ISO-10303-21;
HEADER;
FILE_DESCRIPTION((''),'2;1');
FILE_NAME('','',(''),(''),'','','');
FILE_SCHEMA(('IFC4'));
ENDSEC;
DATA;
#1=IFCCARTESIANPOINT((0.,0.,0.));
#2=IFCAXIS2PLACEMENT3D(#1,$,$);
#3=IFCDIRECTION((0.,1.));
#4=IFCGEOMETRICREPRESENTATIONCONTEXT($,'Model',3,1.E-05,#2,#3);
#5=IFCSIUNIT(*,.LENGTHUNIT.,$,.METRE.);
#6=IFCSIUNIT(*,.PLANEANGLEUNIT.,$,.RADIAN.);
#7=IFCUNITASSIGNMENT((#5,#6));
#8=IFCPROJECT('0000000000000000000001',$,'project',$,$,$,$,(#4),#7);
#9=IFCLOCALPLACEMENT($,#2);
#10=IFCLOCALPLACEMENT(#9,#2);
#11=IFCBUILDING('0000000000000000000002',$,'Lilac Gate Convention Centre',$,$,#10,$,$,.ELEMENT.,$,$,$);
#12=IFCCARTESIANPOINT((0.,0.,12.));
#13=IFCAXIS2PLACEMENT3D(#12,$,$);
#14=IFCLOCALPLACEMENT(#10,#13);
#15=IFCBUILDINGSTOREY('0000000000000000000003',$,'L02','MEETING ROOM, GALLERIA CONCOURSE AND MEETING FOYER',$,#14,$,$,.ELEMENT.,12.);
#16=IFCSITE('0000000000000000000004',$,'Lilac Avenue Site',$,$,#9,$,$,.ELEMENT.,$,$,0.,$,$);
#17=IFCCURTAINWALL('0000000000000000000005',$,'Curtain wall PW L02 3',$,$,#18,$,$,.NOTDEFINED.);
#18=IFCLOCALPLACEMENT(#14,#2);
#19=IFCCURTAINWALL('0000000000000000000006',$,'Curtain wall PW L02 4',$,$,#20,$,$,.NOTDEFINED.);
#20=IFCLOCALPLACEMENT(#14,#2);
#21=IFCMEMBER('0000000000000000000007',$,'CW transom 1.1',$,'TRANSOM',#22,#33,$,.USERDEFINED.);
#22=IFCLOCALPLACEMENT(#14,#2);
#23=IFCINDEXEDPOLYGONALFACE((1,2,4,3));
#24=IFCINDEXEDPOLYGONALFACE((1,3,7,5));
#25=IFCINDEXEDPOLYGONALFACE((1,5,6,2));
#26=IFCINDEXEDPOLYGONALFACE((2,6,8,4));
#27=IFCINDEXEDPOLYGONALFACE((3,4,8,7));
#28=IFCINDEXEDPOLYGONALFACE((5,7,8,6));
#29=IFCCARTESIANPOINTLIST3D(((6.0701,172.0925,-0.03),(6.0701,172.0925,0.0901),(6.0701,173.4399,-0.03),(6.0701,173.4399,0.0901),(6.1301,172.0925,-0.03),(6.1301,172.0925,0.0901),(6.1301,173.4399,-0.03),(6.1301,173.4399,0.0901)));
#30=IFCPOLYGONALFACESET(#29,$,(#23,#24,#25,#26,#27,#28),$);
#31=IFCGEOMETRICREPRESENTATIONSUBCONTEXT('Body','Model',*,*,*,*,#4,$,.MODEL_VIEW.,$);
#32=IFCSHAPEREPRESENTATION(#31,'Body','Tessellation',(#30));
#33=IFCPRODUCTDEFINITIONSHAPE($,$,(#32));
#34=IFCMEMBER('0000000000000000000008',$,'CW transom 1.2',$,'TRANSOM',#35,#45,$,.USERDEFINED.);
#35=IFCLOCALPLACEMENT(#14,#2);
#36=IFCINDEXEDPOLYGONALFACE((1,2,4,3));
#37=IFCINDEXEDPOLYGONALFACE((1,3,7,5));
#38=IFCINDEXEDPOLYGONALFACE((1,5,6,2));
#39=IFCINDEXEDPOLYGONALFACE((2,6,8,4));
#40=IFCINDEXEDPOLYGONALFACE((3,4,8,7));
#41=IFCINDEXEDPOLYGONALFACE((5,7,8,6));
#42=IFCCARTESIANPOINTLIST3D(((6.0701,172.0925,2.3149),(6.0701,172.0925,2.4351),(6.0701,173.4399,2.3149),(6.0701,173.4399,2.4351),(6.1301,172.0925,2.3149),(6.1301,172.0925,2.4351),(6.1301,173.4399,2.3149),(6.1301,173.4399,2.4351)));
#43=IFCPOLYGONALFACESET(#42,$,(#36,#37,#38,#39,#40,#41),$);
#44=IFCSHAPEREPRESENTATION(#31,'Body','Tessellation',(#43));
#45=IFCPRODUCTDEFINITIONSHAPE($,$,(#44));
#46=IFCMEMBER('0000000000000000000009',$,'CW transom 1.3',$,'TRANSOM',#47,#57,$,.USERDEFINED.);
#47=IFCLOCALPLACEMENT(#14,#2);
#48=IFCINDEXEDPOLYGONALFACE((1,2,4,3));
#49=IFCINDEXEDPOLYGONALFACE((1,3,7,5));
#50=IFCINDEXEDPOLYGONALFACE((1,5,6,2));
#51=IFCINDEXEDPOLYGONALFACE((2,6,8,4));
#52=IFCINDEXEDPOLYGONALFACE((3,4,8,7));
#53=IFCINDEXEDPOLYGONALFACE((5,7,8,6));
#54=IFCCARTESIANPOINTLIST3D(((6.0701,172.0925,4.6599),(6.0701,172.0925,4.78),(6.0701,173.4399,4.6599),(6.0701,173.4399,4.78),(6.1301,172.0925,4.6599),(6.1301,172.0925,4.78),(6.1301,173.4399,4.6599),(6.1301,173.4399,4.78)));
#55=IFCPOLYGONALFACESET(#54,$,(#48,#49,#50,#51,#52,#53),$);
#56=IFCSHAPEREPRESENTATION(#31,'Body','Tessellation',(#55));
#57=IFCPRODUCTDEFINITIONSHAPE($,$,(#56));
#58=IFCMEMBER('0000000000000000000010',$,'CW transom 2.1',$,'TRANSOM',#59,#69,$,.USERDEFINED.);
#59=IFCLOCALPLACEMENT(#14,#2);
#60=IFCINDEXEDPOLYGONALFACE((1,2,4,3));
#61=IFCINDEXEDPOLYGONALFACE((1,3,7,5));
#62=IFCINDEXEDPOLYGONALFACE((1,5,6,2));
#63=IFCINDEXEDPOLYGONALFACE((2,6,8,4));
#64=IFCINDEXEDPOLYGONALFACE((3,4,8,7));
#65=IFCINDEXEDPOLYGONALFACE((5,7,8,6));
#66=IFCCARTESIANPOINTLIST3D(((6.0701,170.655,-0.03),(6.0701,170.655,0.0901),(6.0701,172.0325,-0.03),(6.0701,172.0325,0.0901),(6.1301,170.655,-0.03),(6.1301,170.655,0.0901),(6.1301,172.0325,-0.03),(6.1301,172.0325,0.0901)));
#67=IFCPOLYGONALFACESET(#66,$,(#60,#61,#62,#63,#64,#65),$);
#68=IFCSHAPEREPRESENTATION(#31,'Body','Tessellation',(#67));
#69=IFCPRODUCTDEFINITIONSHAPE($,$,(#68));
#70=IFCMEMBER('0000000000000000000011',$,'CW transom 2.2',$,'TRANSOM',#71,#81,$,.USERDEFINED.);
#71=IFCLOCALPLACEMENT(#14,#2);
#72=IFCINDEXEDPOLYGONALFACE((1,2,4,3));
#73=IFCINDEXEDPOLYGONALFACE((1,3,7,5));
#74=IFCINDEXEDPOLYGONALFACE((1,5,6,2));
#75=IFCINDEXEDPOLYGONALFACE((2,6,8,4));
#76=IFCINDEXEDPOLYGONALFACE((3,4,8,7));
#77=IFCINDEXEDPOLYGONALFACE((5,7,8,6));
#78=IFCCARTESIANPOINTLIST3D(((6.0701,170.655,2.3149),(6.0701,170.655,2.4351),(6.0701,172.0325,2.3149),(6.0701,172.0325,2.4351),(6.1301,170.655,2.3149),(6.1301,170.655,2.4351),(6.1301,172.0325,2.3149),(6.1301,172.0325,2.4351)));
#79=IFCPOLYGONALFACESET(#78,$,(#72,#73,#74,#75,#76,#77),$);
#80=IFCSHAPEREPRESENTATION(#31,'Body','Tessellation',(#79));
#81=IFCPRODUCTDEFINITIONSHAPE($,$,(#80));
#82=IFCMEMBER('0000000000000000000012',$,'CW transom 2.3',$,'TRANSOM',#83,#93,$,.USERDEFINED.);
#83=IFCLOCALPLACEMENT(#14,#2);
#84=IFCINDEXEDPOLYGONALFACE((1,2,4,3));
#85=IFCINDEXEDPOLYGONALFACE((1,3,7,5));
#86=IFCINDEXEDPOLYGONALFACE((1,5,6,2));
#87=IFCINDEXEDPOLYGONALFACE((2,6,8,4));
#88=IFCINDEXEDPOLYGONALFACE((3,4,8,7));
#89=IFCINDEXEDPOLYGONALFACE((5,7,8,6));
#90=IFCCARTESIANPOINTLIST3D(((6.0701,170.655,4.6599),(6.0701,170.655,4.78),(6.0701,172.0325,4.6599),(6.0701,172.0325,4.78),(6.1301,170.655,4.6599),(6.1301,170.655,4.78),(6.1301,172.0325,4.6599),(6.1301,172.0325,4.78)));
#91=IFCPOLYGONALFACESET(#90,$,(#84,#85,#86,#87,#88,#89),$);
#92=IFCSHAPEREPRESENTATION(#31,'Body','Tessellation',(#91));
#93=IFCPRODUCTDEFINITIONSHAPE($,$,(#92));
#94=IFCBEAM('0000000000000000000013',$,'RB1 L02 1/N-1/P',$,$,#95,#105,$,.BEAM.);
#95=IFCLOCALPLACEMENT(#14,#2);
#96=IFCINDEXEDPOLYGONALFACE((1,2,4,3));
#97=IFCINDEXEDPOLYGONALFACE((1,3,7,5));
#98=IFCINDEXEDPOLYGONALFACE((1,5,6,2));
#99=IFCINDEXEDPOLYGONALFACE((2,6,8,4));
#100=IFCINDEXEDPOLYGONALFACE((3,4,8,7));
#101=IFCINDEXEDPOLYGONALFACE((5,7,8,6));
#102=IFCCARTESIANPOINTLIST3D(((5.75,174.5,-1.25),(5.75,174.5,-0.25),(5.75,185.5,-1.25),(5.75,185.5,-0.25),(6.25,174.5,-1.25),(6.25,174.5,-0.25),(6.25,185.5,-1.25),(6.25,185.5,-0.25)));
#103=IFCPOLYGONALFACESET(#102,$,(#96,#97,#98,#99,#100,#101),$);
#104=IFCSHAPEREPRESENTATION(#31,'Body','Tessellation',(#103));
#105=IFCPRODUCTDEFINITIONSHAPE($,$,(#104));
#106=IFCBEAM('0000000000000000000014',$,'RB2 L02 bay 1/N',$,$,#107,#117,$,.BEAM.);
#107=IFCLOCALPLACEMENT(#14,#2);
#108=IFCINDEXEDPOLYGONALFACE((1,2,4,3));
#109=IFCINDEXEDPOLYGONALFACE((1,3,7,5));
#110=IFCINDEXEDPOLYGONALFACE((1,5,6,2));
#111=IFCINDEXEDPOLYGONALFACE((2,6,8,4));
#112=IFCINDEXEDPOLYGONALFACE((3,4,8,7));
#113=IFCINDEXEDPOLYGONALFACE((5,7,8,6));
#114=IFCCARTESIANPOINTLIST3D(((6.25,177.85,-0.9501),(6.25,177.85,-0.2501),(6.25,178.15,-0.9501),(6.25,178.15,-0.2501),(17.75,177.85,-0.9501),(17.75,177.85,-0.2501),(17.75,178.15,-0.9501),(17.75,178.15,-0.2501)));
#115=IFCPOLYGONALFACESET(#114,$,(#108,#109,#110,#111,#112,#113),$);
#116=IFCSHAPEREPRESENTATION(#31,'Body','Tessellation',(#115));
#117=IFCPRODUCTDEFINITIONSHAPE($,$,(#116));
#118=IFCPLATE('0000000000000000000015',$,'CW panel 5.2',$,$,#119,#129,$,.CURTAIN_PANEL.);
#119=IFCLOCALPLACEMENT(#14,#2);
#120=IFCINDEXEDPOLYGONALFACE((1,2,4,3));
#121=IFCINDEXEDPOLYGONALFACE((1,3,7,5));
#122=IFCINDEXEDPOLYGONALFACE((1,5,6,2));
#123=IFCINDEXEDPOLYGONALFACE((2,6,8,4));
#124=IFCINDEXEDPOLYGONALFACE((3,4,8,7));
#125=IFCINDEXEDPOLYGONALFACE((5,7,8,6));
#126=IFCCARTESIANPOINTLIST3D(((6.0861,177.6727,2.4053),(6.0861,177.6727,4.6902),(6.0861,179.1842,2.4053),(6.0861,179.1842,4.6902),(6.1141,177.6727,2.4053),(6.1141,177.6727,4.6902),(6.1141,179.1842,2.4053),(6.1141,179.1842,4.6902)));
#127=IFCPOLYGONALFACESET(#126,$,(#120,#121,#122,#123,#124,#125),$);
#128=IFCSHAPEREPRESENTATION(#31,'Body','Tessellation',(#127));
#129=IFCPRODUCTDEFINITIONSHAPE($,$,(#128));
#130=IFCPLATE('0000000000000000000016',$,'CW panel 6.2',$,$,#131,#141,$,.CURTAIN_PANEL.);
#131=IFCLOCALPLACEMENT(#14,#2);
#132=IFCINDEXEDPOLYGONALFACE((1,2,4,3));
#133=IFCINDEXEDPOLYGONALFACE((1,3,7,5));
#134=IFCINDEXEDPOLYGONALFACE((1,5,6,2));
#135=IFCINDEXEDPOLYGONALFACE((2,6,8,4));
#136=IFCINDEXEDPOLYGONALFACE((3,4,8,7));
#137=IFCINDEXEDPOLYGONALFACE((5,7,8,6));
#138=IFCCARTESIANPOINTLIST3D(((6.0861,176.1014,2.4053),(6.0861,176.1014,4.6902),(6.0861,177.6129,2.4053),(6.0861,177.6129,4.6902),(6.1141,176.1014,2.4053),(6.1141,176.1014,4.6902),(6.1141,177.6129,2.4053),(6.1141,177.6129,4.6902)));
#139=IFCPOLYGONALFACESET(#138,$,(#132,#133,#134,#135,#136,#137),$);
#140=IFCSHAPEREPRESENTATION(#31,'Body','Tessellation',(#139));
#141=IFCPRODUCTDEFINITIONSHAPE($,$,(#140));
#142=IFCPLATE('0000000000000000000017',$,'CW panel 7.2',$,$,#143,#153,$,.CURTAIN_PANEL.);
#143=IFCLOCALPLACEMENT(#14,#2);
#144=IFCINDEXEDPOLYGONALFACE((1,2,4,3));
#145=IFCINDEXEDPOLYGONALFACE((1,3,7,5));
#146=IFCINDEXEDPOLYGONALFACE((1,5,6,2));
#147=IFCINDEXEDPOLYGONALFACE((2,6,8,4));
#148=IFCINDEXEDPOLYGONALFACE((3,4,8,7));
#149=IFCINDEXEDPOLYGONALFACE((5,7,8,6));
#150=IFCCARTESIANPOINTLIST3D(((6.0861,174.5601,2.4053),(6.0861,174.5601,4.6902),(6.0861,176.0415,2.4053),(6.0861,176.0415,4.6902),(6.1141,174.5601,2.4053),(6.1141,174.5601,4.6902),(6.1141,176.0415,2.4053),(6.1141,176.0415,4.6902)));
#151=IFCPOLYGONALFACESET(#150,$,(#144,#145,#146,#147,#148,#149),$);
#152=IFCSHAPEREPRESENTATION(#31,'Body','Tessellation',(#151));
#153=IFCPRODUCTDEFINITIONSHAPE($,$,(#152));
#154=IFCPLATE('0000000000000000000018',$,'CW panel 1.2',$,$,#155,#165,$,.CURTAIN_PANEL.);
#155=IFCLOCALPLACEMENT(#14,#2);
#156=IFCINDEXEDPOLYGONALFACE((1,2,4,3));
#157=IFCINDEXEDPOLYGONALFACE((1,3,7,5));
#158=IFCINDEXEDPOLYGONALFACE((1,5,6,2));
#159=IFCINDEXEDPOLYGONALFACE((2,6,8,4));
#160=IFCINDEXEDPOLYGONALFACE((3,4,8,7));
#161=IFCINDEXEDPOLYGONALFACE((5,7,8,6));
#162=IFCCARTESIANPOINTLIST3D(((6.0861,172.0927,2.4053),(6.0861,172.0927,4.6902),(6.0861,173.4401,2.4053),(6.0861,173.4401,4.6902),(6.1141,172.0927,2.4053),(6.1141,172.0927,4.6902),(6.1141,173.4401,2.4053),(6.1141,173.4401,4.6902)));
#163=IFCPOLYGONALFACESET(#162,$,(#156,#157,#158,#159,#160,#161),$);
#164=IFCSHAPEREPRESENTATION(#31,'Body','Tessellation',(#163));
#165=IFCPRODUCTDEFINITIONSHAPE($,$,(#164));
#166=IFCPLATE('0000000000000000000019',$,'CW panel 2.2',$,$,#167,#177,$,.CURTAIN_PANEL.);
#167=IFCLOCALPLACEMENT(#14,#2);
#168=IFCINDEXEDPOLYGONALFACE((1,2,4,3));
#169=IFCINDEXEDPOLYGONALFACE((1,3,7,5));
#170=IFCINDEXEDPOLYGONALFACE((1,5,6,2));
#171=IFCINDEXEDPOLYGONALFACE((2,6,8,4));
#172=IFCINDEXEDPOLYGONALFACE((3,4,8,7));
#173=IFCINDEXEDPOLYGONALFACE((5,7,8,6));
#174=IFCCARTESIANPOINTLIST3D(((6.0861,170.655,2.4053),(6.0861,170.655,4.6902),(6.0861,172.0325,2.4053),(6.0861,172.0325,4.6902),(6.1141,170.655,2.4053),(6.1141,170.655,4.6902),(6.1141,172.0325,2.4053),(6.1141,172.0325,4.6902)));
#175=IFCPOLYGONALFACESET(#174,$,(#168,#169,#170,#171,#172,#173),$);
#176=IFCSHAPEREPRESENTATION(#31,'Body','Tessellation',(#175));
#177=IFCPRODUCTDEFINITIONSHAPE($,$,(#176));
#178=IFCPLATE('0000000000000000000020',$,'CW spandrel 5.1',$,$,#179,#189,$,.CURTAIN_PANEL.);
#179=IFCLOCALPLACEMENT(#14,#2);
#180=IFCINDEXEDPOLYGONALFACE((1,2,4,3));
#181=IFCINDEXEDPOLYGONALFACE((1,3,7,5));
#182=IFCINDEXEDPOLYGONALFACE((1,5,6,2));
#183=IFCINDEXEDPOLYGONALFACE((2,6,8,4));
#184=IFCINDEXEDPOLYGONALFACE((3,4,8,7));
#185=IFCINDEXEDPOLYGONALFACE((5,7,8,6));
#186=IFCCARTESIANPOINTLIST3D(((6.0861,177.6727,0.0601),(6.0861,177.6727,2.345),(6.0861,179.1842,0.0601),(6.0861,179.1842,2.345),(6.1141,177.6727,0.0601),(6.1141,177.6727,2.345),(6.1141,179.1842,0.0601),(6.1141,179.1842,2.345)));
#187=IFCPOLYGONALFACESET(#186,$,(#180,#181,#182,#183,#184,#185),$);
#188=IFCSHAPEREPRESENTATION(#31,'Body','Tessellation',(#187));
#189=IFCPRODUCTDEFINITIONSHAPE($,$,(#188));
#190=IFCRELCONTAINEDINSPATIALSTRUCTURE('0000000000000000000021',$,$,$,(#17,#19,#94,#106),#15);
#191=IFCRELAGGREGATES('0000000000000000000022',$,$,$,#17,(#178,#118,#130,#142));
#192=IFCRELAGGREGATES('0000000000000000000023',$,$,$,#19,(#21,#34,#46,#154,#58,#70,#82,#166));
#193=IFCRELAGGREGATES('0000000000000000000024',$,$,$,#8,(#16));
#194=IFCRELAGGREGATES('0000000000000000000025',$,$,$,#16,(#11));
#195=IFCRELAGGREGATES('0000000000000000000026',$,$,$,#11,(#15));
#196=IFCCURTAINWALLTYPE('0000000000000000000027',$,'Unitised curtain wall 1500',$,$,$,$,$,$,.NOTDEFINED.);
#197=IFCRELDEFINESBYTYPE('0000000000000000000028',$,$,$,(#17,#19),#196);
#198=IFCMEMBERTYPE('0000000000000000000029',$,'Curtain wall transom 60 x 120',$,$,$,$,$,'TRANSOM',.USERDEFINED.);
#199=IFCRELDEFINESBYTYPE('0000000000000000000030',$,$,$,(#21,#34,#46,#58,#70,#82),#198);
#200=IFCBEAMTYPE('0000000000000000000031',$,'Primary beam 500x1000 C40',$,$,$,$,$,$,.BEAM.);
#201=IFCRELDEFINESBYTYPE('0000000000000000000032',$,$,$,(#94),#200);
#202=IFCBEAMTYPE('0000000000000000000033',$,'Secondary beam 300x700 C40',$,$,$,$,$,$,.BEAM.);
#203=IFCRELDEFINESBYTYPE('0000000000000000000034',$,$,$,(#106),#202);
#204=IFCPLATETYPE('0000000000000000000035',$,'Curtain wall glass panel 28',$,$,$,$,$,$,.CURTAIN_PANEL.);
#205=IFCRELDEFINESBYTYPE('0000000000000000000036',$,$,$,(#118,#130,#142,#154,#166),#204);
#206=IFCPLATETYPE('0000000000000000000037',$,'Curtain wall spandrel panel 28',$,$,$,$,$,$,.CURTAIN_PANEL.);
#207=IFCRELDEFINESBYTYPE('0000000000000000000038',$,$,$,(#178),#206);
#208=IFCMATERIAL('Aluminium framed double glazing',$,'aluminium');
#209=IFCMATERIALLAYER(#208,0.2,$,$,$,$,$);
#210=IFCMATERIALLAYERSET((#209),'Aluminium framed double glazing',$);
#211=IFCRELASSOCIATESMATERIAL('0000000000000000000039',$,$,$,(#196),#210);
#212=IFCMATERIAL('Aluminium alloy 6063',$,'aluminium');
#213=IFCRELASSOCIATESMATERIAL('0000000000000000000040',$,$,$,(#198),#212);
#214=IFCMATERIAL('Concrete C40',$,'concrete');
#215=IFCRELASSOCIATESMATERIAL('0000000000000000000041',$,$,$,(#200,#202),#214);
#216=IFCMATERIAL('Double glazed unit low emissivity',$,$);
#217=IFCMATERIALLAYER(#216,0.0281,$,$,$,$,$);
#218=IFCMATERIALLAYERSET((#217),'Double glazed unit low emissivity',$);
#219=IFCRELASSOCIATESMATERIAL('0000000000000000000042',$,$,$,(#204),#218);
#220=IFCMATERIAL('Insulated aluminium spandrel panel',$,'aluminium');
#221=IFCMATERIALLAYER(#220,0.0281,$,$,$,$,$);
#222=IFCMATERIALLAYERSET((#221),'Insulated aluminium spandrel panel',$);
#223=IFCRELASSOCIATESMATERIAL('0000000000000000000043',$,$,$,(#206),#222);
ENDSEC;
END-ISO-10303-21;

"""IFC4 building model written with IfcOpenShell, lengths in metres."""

from ifc_helpers import new_model, si_unit, direction, frame, origin, origin_2d, place, context, subcontext, project, spatial, rectangle, extrude, material, layer, layer_set, material_profile, profile_set, type_object, element, aggregate, save


model = new_model("IFC4")

# Units and contexts
model_context = context("Model", 3, precision=1e-05, world=origin(), true_north=direction((0.0, 1.0)))
body_context = subcontext(model_context, "Body", "Model", "MODEL_VIEW")
ifc_project = project(units=[si_unit("LENGTHUNIT", "METRE"), si_unit("PLANEANGLEUNIT", "RADIAN")], contexts=[model_context])

# Site, building, storey
site_placement = place(None, origin())
site = spatial("IfcSite", under=ifc_project, at=site_placement, Name="Lilac Avenue Site", CompositionType="ELEMENT", RefElevation=0.0)
building_placement = place(site_placement, origin())
building = spatial("IfcBuilding", under=site, at=building_placement, Name="Lilac Gate Convention Centre", CompositionType="ELEMENT")
storey_placement = place(building_placement, frame((0.0, 0.0, 12.0)))
storey = spatial("IfcBuildingStorey", under=building, at=storey_placement, Name="L02", Description="MEETING ROOM, GALLERIA CONCOURSE AND MEETING FOYER", CompositionType="ELEMENT", Elevation=12.0)

# Shared definitions
ifc_material_1 = material(Name="Concrete C40", Category="concrete")

# Curtain walls
ifc_material_2 = material(Name="Aluminium framed double glazing", Category="aluminium")
ifc_layer_1 = layer(ifc_material_2, 0.2)
ifc_layer_set_1 = layer_set([ifc_layer_1], Name="Aluminium framed double glazing")
curtain_wall_type = type_object("IfcCurtainWallType", Name="Unitised curtain wall 1500", PredefinedType="NOTDEFINED", material=ifc_layer_set_1)
curtain_wall_1_placement = place(storey_placement, origin())
curtain_wall_1 = element("IfcCurtainWall", 1, at=curtain_wall_1_placement, inside=storey, type_object=curtain_wall_type, Name="Curtain wall PW L02 3", PredefinedType="NOTDEFINED")
ifc_material_3 = material(Name="Aluminium alloy 6063", Category="aluminium")
curtain_wall_2_placement = place(storey_placement, origin())
curtain_wall_2 = element("IfcCurtainWall", 2, at=curtain_wall_2_placement, inside=storey, type_object=curtain_wall_type, Name="Curtain wall PW L02 4", PredefinedType="NOTDEFINED")

# Members
ifc_material_profile_1 = material_profile(ifc_material_3, rectangle(XDim=0.0601, YDim=0.1201, at=origin_2d()), Name="Curtain wall transom 60 x 120")
ifc_profile_set_1 = profile_set([ifc_material_profile_1], Name="Aluminium alloy 6063")
member_type_1 = type_object("IfcMemberType", Name="Curtain wall transom 60 x 120", ElementType="TRANSOM", PredefinedType="USERDEFINED", material=ifc_profile_set_1)
member_1_placement = place(storey_placement, frame((6.1001, 173.4399, 0.03), z_axis=(0.0, -1.0, 0.0), x_axis=(1.0, 0.0, 0.0)))
member_1 = element("IfcMember", 3, at=member_1_placement, type_object=member_type_1, Name="CW transom 1.1", ObjectType="TRANSOM", PredefinedType="USERDEFINED", context=body_context, shape_type="SweptSolid", body=[
    extrude(rectangle(XDim=0.0601, YDim=0.1201, at=origin_2d()), origin(), (0.0, 0.0, 1.0), 1.3474),
])
member_2_placement = place(storey_placement, frame((6.1001, 173.4399, 2.375), z_axis=(0.0, -1.0, 0.0), x_axis=(1.0, 0.0, 0.0)))
member_2 = element("IfcMember", 4, at=member_2_placement, type_object=member_type_1, Name="CW transom 1.2", ObjectType="TRANSOM", PredefinedType="USERDEFINED", context=body_context, shape_type="SweptSolid", body=[
    extrude(rectangle(XDim=0.0601, YDim=0.1201, at=origin_2d()), origin(), (0.0, 0.0, 1.0), 1.3474),
])
member_3_placement = place(storey_placement, frame((6.1001, 173.4399, 4.72), z_axis=(0.0, -1.0, 0.0), x_axis=(1.0, 0.0, 0.0)))
member_3 = element("IfcMember", 5, at=member_3_placement, type_object=member_type_1, Name="CW transom 1.3", ObjectType="TRANSOM", PredefinedType="USERDEFINED", context=body_context, shape_type="SweptSolid", body=[
    extrude(rectangle(XDim=0.0601, YDim=0.1201, at=origin_2d()), origin(), (0.0, 0.0, 1.0), 1.3474),
])
member_4_placement = place(storey_placement, frame((6.1001, 172.0325, 0.03), z_axis=(0.0, -1.0, 0.0), x_axis=(1.0, 0.0, 0.0)))
member_4 = element("IfcMember", 6, at=member_4_placement, type_object=member_type_1, Name="CW transom 2.1", ObjectType="TRANSOM", PredefinedType="USERDEFINED", context=body_context, shape_type="SweptSolid", body=[
    extrude(rectangle(XDim=0.0601, YDim=0.1201, at=origin_2d()), origin(), (0.0, 0.0, 1.0), 1.3774),
])
member_5_placement = place(storey_placement, frame((6.1001, 172.0325, 2.375), z_axis=(0.0, -1.0, 0.0), x_axis=(1.0, 0.0, 0.0)))
member_5 = element("IfcMember", 7, at=member_5_placement, type_object=member_type_1, Name="CW transom 2.2", ObjectType="TRANSOM", PredefinedType="USERDEFINED", context=body_context, shape_type="SweptSolid", body=[
    extrude(rectangle(XDim=0.0601, YDim=0.1201, at=origin_2d()), origin(), (0.0, 0.0, 1.0), 1.3774),
])
member_6_placement = place(storey_placement, frame((6.1001, 172.0325, 4.72), z_axis=(0.0, -1.0, 0.0), x_axis=(1.0, 0.0, 0.0)))
member_6 = element("IfcMember", 8, at=member_6_placement, type_object=member_type_1, Name="CW transom 2.3", ObjectType="TRANSOM", PredefinedType="USERDEFINED", context=body_context, shape_type="SweptSolid", body=[
    extrude(rectangle(XDim=0.0601, YDim=0.1201, at=origin_2d()), origin(), (0.0, 0.0, 1.0), 1.3774),
])

# Beams
ifc_material_profile_2 = material_profile(ifc_material_1, rectangle(XDim=0.5, YDim=1.0, at=origin_2d()), Name="RC 500x1000")
ifc_profile_set_2 = profile_set([ifc_material_profile_2], Name="Concrete C40")
beam_type_1 = type_object("IfcBeamType", Name="Primary beam 500x1000 C40", PredefinedType="BEAM", material=ifc_profile_set_2)
beam_1_placement = place(storey_placement, frame((6.0, 174.5, -0.75), z_axis=(0.0, 1.0, 0.0), x_axis=(-1.0, 0.0, 0.0)))
element("IfcBeam", 9, at=beam_1_placement, inside=storey, type_object=beam_type_1, Name="RB1 L02 1/N-1/P", PredefinedType="BEAM", context=body_context, shape_type="SweptSolid", body=[
    extrude(rectangle(XDim=0.5, YDim=1.0, at=origin_2d()), origin(), (0.0, 0.0, 1.0), 11.0),
])
ifc_material_profile_3 = material_profile(ifc_material_1, rectangle(XDim=0.3, YDim=0.7, at=origin_2d()), Name="RC 300x700")
ifc_profile_set_3 = profile_set([ifc_material_profile_3], Name="Concrete C40")
beam_type_2 = type_object("IfcBeamType", Name="Secondary beam 300x700 C40", PredefinedType="BEAM", material=ifc_profile_set_3)
beam_2_placement = place(storey_placement, frame((6.25, 178.0, -0.6001), z_axis=(1.0, 0.0, 0.0), x_axis=(0.0, 1.0, 0.0)))
element("IfcBeam", 10, at=beam_2_placement, inside=storey, type_object=beam_type_2, Name="RB2 L02 bay 1/N", PredefinedType="BEAM", context=body_context, shape_type="SweptSolid", body=[
    extrude(rectangle(XDim=0.3, YDim=0.7, at=origin_2d()), origin(), (0.0, 0.0, 1.0), 11.5),
])

# Plates
ifc_material_4 = material(Name="Double glazed unit low emissivity")
ifc_layer_2 = layer(ifc_material_4, 0.0281)
ifc_layer_set_2 = layer_set([ifc_layer_2], Name="Double glazed unit low emissivity")
plate_type_1 = type_object("IfcPlateType", Name="Curtain wall glass panel 28", PredefinedType="CURTAIN_PANEL", material=ifc_layer_set_2)
plate_1_placement = place(storey_placement, frame((6.1001, 178.4285, 2.4053), z_axis=(0.0, 0.0, 1.0), x_axis=(0.0, -1.0, 0.0)))
plate_1 = element("IfcPlate", 11, at=plate_1_placement, type_object=plate_type_1, Name="CW panel 5.2", PredefinedType="CURTAIN_PANEL", context=body_context, shape_type="SweptSolid", body=[
    extrude(rectangle(XDim=1.5115, YDim=0.0281, at=origin_2d()), origin(), (0.0, 0.0, 1.0), 2.2849),
])
plate_2_placement = place(storey_placement, frame((6.1001, 176.8572, 2.4053), z_axis=(0.0, 0.0, 1.0), x_axis=(0.0, -1.0, 0.0)))
plate_2 = element("IfcPlate", 12, at=plate_2_placement, type_object=plate_type_1, Name="CW panel 6.2", PredefinedType="CURTAIN_PANEL", context=body_context, shape_type="SweptSolid", body=[
    extrude(rectangle(XDim=1.5115, YDim=0.0281, at=origin_2d()), origin(), (0.0, 0.0, 1.0), 2.2849),
])
plate_3_placement = place(storey_placement, frame((6.1001, 175.3008, 2.4053), z_axis=(0.0, 0.0, 1.0), x_axis=(0.0, -1.0, 0.0)))
plate_3 = element("IfcPlate", 13, at=plate_3_placement, type_object=plate_type_1, Name="CW panel 7.2", PredefinedType="CURTAIN_PANEL", context=body_context, shape_type="SweptSolid", body=[
    extrude(rectangle(XDim=1.4814, YDim=0.0281, at=origin_2d()), origin(), (0.0, 0.0, 1.0), 2.2849),
])
plate_4_placement = place(storey_placement, frame((6.1001, 172.7664, 2.4053), z_axis=(0.0, 0.0, 1.0), x_axis=(0.0, -1.0, 0.0)))
plate_4 = element("IfcPlate", 14, at=plate_4_placement, type_object=plate_type_1, Name="CW panel 1.2", PredefinedType="CURTAIN_PANEL", context=body_context, shape_type="SweptSolid", body=[
    extrude(rectangle(XDim=1.3474, YDim=0.0281, at=origin_2d()), origin(), (0.0, 0.0, 1.0), 2.2849),
])
plate_5_placement = place(storey_placement, frame((6.1001, 171.3438, 2.4053), z_axis=(0.0, 0.0, 1.0), x_axis=(0.0, -1.0, 0.0)))
plate_5 = element("IfcPlate", 15, at=plate_5_placement, type_object=plate_type_1, Name="CW panel 2.2", PredefinedType="CURTAIN_PANEL", context=body_context, shape_type="SweptSolid", body=[
    extrude(rectangle(XDim=1.3774, YDim=0.0281, at=origin_2d()), origin(), (0.0, 0.0, 1.0), 2.2849),
])
ifc_material_5 = material(Name="Insulated aluminium spandrel panel", Category="aluminium")
ifc_layer_3 = layer(ifc_material_5, 0.0281)
ifc_layer_set_3 = layer_set([ifc_layer_3], Name="Insulated aluminium spandrel panel")
plate_type_2 = type_object("IfcPlateType", Name="Curtain wall spandrel panel 28", PredefinedType="CURTAIN_PANEL", material=ifc_layer_set_3)
plate_6_placement = place(storey_placement, frame((6.1001, 178.4285, 0.0601), z_axis=(0.0, 0.0, 1.0), x_axis=(0.0, -1.0, 0.0)))
plate_6 = element("IfcPlate", 16, at=plate_6_placement, type_object=plate_type_2, Name="CW spandrel 5.1", PredefinedType="CURTAIN_PANEL", context=body_context, shape_type="SweptSolid", body=[
    extrude(rectangle(XDim=1.5115, YDim=0.0281, at=origin_2d()), origin(), (0.0, 0.0, 1.0), 2.2849),
])
aggregate(curtain_wall_1, [plate_6, plate_1, plate_2, plate_3])
aggregate(curtain_wall_2, [member_1, member_2, member_3, plate_4, member_4, member_5, member_6, plate_5])

save(model, "model.ifc")
